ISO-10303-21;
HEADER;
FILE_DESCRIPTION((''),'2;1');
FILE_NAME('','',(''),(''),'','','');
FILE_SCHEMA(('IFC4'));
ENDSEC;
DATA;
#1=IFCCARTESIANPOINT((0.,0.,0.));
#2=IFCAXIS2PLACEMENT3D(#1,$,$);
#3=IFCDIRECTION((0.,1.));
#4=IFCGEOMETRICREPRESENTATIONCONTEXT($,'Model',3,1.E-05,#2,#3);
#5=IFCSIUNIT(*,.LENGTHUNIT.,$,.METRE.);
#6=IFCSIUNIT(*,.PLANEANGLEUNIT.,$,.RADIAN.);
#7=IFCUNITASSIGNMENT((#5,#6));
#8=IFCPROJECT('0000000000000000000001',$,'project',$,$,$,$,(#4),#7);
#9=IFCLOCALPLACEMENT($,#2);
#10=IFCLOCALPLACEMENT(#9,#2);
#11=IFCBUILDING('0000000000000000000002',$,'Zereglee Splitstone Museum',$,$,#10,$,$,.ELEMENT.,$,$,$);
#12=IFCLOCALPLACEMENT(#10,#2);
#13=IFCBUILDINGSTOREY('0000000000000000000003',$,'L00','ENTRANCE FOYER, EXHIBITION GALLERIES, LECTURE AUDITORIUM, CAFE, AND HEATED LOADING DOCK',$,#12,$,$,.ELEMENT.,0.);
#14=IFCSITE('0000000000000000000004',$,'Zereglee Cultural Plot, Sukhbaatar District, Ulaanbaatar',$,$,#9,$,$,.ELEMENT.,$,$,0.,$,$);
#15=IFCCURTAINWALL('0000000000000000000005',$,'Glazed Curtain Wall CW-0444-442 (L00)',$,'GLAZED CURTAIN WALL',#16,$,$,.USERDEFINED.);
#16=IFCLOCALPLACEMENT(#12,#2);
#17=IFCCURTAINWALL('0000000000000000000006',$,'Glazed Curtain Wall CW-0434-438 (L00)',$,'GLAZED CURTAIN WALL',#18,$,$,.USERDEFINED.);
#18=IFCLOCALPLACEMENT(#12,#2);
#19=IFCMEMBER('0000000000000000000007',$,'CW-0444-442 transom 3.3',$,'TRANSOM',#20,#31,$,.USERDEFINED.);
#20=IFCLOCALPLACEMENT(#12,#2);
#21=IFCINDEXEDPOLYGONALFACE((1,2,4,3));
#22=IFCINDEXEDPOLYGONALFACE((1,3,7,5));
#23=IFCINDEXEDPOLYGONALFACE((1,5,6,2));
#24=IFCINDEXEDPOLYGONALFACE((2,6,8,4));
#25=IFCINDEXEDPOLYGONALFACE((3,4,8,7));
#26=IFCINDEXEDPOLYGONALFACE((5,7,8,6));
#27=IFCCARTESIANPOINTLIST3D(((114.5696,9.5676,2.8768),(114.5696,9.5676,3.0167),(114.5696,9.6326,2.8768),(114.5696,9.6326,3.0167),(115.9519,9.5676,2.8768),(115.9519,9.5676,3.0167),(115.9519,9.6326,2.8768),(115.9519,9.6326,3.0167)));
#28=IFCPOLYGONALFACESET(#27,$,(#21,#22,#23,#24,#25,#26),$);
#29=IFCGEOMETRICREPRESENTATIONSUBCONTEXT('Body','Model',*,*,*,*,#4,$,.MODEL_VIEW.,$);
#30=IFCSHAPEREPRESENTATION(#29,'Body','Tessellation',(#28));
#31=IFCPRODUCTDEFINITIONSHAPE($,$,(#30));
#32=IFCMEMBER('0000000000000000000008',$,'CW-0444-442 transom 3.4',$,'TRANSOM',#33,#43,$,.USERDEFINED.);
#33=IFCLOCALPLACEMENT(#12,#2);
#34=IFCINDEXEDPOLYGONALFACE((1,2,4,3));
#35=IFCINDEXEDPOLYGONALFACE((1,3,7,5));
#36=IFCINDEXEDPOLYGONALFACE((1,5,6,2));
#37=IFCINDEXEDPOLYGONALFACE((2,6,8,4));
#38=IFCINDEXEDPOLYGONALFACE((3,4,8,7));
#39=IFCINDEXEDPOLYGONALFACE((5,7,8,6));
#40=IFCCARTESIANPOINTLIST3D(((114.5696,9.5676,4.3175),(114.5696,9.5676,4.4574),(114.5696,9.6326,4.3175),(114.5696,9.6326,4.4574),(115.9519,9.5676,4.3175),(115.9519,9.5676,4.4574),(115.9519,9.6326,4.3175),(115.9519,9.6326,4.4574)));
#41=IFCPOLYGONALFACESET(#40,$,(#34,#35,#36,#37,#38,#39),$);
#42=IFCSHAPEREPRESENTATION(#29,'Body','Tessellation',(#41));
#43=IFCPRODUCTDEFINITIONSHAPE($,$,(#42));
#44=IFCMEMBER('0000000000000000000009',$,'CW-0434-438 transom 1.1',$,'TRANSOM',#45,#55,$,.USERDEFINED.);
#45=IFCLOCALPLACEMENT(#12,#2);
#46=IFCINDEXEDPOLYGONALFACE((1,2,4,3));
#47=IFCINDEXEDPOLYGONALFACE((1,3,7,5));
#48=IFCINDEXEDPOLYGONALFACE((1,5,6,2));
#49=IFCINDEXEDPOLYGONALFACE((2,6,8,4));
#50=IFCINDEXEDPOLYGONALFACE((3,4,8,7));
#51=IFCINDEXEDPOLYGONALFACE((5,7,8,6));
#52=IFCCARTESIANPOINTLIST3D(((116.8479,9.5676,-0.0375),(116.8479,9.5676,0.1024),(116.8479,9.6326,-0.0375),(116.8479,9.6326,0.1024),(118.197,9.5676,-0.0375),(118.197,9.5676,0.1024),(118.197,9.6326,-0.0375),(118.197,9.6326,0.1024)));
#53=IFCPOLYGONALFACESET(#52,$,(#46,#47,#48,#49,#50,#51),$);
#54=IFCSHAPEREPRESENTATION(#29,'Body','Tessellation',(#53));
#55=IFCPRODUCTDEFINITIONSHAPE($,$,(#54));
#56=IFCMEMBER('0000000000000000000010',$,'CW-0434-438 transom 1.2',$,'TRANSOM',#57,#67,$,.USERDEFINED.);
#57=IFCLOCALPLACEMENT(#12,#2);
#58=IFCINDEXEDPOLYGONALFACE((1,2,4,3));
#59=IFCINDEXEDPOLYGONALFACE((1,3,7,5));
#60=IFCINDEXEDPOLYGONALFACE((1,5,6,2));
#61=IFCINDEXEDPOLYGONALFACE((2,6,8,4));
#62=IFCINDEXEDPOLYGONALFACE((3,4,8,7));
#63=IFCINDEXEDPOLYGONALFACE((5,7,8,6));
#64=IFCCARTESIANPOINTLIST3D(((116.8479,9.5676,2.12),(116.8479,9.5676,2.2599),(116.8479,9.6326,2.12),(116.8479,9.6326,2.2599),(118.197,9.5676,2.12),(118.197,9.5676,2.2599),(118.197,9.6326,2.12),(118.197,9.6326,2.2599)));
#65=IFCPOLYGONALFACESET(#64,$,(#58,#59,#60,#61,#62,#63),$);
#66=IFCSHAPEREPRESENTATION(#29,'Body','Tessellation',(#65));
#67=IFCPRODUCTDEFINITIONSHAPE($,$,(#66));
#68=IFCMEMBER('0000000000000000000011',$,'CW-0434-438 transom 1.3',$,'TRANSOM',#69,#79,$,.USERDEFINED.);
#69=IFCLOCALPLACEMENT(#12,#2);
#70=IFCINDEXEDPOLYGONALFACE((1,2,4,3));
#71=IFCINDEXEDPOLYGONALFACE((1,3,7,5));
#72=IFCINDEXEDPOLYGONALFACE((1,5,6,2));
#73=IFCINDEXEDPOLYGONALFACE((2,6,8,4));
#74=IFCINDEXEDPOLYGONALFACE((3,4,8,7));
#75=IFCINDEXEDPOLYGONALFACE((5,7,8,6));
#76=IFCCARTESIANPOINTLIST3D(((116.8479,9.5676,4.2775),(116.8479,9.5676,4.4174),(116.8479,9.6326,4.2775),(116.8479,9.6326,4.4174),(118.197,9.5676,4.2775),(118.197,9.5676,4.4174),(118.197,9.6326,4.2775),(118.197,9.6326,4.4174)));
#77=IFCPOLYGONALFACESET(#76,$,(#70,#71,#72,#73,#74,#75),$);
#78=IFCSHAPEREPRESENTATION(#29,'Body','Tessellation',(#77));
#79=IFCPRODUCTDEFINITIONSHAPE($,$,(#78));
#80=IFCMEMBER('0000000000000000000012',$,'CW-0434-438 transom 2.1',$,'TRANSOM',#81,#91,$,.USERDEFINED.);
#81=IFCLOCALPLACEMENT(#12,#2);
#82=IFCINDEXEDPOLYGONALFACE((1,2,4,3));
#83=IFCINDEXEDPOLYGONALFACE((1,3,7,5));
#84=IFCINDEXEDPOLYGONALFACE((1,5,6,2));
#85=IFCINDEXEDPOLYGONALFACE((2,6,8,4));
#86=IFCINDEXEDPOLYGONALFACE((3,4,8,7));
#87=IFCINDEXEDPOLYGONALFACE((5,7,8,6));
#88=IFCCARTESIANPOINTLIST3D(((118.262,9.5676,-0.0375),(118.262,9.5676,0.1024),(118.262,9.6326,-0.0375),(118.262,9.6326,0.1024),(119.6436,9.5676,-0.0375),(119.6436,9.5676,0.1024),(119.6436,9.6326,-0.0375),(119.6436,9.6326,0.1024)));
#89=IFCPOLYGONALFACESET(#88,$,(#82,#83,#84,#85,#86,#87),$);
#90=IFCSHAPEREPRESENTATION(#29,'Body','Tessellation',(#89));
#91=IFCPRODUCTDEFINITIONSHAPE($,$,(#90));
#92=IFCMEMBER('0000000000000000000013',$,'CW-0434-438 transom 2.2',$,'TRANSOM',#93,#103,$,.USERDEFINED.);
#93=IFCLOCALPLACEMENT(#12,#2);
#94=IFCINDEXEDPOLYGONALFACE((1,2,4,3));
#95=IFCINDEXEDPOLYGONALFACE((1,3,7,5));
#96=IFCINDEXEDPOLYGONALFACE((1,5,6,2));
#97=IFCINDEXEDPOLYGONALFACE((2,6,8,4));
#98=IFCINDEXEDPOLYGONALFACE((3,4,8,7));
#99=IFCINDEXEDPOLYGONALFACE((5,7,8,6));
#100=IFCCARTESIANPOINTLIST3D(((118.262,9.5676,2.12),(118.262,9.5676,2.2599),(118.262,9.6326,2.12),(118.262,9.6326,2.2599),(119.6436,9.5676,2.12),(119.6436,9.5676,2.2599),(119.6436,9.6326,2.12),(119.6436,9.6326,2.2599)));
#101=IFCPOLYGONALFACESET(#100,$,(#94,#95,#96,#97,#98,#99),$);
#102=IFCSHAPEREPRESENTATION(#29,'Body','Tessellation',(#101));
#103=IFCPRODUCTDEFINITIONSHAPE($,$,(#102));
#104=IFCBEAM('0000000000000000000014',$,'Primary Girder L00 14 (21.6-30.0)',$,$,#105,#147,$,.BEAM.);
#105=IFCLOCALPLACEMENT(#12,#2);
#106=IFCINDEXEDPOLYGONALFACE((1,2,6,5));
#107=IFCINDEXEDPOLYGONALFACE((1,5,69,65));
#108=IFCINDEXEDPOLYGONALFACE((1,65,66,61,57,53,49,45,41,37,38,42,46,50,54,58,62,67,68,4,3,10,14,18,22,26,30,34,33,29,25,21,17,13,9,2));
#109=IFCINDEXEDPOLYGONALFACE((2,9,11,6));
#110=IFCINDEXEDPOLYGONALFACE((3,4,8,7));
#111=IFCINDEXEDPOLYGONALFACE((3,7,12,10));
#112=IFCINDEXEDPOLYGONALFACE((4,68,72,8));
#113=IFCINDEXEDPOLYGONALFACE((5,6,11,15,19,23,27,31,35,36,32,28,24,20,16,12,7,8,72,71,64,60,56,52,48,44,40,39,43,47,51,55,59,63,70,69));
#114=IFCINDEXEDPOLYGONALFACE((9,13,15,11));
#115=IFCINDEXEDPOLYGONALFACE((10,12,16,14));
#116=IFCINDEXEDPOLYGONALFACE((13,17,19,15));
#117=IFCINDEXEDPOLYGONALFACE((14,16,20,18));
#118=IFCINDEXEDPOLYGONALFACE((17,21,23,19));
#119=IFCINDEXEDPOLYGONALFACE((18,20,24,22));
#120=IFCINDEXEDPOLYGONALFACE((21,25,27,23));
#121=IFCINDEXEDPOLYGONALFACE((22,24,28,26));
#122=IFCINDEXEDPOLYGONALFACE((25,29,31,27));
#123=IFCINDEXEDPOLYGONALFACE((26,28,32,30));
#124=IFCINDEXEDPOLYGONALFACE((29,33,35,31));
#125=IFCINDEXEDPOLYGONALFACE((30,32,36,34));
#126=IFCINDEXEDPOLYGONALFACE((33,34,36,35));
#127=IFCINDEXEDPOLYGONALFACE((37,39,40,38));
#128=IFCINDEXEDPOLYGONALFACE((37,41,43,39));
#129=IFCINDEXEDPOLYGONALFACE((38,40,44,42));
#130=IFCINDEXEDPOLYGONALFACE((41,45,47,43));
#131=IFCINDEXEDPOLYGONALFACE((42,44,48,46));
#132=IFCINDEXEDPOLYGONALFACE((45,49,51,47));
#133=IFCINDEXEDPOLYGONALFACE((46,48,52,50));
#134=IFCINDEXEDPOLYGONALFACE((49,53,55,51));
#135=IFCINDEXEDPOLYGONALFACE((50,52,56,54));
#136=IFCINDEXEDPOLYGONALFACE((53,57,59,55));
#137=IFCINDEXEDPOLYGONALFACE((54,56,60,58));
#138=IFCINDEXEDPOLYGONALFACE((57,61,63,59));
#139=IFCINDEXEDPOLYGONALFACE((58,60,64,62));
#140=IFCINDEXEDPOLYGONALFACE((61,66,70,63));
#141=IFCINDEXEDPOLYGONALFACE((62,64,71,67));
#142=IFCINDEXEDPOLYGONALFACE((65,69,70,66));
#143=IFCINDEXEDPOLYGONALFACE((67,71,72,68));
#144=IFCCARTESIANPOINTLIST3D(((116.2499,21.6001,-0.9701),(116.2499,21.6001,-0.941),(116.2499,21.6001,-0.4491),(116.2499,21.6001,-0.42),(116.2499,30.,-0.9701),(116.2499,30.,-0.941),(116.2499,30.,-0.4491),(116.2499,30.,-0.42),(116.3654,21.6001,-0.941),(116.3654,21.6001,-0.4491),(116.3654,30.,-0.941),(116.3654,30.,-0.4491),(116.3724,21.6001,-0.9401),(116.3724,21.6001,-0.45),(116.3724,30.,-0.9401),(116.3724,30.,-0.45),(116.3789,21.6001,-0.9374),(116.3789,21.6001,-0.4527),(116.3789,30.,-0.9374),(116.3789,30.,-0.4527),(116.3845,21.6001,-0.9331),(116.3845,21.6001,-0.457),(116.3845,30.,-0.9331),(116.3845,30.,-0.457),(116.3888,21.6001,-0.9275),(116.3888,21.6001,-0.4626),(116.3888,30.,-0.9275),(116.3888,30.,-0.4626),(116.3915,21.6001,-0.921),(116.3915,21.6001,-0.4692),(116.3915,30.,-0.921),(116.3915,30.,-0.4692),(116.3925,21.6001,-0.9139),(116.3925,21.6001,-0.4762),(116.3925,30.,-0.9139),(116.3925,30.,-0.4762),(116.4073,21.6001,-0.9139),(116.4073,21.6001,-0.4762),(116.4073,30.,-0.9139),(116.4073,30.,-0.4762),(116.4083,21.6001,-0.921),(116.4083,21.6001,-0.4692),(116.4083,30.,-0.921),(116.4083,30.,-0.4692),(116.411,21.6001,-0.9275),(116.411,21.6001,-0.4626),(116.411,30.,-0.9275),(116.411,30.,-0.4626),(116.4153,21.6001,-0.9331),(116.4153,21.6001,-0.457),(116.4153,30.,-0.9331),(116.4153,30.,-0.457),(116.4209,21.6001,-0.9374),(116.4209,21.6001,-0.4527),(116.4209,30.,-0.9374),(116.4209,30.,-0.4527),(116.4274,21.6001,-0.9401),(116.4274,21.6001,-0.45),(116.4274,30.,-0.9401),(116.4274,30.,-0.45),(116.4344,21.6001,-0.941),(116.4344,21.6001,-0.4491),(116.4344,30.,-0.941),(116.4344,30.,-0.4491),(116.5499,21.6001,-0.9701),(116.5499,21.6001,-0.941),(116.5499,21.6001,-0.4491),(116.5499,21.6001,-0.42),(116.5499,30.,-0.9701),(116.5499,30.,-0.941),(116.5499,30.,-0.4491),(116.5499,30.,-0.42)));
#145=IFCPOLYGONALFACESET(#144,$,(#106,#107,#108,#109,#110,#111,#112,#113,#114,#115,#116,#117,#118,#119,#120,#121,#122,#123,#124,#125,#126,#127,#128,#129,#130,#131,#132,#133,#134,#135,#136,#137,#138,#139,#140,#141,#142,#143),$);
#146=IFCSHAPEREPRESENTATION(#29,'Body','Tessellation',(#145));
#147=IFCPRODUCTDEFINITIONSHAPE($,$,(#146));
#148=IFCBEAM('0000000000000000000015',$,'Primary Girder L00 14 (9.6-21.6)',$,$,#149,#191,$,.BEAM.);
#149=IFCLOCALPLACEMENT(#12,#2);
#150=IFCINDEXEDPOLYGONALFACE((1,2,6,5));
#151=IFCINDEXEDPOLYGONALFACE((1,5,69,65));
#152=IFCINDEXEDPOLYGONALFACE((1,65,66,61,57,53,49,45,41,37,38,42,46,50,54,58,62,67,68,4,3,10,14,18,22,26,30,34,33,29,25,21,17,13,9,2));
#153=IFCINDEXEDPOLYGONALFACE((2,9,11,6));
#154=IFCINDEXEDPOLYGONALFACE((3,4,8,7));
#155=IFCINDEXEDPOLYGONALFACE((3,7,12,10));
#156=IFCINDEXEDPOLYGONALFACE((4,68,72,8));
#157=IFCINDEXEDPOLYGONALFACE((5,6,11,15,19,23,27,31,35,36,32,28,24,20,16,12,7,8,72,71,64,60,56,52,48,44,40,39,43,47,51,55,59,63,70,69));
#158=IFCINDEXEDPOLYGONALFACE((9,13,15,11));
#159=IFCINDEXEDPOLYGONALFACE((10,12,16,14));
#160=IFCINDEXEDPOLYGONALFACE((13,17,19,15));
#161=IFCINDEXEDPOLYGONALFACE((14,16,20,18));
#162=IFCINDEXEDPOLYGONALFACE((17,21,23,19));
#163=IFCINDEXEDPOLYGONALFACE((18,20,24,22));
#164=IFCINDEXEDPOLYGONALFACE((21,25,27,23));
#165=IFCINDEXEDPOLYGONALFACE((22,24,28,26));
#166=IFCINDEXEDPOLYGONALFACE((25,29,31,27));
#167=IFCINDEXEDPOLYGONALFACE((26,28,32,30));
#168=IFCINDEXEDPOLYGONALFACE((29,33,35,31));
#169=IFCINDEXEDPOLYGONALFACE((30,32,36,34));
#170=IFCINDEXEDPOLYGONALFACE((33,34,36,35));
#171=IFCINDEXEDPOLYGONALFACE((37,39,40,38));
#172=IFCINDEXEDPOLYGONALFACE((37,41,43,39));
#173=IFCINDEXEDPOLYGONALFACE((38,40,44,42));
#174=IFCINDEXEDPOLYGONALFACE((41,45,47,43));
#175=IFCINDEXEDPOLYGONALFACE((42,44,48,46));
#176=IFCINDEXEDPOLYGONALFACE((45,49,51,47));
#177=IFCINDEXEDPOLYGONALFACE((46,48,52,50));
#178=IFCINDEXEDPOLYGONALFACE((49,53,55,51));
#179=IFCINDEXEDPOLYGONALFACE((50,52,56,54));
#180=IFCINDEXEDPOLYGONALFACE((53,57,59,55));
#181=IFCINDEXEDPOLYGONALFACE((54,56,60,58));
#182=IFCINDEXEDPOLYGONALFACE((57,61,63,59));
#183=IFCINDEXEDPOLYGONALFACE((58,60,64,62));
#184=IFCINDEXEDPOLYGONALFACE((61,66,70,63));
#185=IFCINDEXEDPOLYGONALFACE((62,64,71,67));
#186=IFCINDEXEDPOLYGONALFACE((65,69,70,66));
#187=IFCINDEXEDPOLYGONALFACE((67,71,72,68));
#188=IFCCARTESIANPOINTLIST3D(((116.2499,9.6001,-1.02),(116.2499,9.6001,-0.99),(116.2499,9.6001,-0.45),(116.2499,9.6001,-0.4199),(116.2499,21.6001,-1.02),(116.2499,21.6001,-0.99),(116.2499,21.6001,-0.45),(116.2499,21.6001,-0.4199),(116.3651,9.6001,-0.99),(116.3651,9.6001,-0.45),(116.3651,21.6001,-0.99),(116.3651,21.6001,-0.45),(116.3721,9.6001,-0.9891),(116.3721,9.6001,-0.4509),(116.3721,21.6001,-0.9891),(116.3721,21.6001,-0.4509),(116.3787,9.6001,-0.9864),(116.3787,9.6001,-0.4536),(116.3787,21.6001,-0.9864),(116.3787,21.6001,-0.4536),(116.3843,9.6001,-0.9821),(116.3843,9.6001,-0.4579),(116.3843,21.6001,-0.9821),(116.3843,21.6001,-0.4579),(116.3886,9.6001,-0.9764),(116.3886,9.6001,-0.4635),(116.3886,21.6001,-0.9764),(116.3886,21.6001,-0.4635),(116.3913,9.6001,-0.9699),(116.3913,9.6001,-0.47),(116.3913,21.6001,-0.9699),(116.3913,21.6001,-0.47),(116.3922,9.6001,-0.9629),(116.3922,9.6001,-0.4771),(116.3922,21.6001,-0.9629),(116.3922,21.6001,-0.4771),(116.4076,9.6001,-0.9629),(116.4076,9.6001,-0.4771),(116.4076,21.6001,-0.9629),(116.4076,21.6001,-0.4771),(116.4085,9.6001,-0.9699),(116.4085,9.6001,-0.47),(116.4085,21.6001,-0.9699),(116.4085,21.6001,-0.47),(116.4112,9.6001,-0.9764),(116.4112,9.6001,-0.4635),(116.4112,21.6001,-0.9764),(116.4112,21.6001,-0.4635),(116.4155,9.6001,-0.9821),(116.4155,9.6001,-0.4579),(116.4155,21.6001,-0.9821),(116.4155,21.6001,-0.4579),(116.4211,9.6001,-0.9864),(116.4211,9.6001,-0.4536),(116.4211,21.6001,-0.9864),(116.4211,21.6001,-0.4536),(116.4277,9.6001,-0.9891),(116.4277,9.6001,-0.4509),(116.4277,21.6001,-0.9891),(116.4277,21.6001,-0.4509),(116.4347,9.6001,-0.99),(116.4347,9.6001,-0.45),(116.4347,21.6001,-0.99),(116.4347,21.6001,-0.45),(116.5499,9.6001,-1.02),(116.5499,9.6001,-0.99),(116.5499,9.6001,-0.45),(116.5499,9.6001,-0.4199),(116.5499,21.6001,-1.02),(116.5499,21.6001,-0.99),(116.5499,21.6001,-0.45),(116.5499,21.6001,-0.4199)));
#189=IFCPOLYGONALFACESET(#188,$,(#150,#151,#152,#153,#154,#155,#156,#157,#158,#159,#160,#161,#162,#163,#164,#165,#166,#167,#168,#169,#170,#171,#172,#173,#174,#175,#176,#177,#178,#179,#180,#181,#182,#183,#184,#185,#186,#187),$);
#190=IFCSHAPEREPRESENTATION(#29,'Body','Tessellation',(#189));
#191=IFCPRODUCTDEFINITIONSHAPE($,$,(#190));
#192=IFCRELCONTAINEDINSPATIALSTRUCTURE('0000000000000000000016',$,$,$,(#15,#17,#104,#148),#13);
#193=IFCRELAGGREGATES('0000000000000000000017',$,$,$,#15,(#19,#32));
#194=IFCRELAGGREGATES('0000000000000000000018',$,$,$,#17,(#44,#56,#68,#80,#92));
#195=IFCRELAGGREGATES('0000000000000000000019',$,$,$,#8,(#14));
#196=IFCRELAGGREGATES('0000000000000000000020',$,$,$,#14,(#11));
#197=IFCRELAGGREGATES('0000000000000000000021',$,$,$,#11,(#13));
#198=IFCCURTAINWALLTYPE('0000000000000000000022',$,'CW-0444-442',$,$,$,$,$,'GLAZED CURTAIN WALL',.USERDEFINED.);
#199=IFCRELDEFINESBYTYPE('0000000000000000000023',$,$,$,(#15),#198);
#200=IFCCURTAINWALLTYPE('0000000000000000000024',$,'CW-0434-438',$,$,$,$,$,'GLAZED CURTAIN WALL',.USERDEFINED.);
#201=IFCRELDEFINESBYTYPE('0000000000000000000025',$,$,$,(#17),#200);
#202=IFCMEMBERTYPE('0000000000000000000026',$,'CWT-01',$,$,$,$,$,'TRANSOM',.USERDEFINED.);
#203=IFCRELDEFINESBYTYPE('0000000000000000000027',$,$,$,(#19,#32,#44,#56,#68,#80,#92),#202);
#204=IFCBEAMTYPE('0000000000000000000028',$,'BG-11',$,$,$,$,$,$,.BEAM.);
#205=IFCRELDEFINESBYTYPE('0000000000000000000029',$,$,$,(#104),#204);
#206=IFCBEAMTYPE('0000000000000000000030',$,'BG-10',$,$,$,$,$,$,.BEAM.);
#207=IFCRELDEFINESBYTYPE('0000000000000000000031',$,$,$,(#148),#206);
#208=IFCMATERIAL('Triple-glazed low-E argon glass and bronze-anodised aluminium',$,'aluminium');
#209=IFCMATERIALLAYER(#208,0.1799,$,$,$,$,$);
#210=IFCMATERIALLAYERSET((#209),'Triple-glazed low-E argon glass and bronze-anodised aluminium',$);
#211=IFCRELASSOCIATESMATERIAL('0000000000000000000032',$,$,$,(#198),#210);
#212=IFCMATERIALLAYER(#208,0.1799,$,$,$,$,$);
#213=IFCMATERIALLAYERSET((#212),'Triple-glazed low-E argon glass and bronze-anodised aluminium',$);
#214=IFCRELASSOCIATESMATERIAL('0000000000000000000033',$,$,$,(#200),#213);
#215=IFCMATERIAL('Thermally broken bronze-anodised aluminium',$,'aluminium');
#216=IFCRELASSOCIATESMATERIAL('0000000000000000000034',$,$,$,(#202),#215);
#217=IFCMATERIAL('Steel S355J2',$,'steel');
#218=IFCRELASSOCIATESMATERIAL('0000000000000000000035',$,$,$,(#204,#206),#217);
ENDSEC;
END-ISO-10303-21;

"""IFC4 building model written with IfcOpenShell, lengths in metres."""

from ifc_helpers import new_model, si_unit, direction, frame, origin, origin_2d, place, context, subcontext, project, spatial, rectangle, i_section, extrude, material, layer, layer_set, material_profile, profile_set, type_object, element, aggregate, save


model = new_model("IFC4")

# Units and contexts
model_context = context("Model", 3, precision=1e-05, world=origin(), true_north=direction((0.0, 1.0)))
body_context = subcontext(model_context, "Body", "Model", "MODEL_VIEW")
ifc_project = project(units=[si_unit("LENGTHUNIT", "METRE"), si_unit("PLANEANGLEUNIT", "RADIAN")], contexts=[model_context])

# Site, building, storey
site_placement = place(None, origin())
site = spatial("IfcSite", under=ifc_project, at=site_placement, Name="Zereglee Cultural Plot, Sukhbaatar District, Ulaanbaatar", CompositionType="ELEMENT", RefElevation=0.0)
building_placement = place(site_placement, origin())
building = spatial("IfcBuilding", under=site, at=building_placement, Name="Zereglee Splitstone Museum", CompositionType="ELEMENT")
storey_placement = place(building_placement, origin())
storey = spatial("IfcBuildingStorey", under=building, at=storey_placement, Name="L00", Description="ENTRANCE FOYER, EXHIBITION GALLERIES, LECTURE AUDITORIUM, CAFE, AND HEATED LOADING DOCK", CompositionType="ELEMENT", Elevation=0.0)

# Curtain walls
ifc_material_1 = material(Name="Triple-glazed low-E argon glass and bronze-anodised aluminium", Category="aluminium")
ifc_layer_1 = layer(ifc_material_1, 0.1799)
ifc_layer_set_1 = layer_set([ifc_layer_1], Name="Triple-glazed low-E argon glass and bronze-anodised aluminium")
curtain_wall_type_1 = type_object("IfcCurtainWallType", Name="CW-0444-442", ElementType="GLAZED CURTAIN WALL", PredefinedType="USERDEFINED", material=ifc_layer_set_1)
curtain_wall_1_placement = place(storey_placement, origin())
curtain_wall_1 = element("IfcCurtainWall", 1, at=curtain_wall_1_placement, inside=storey, type_object=curtain_wall_type_1, Name="Glazed Curtain Wall CW-0444-442 (L00)", ObjectType="GLAZED CURTAIN WALL", PredefinedType="USERDEFINED")
ifc_material_2 = material(Name="Thermally broken bronze-anodised aluminium", Category="aluminium")
ifc_layer_2 = layer(ifc_material_1, 0.1799)
ifc_layer_set_2 = layer_set([ifc_layer_2], Name="Triple-glazed low-E argon glass and bronze-anodised aluminium")
curtain_wall_type_2 = type_object("IfcCurtainWallType", Name="CW-0434-438", ElementType="GLAZED CURTAIN WALL", PredefinedType="USERDEFINED", material=ifc_layer_set_2)
curtain_wall_2_placement = place(storey_placement, origin())
curtain_wall_2 = element("IfcCurtainWall", 2, at=curtain_wall_2_placement, inside=storey, type_object=curtain_wall_type_2, Name="Glazed Curtain Wall CW-0434-438 (L00)", ObjectType="GLAZED CURTAIN WALL", PredefinedType="USERDEFINED")

# Members
ifc_material_profile_1 = material_profile(ifc_material_2, rectangle(XDim=0.0649, YDim=0.1399, at=origin_2d()), Name="CW TRAN 65x140")
ifc_profile_set_1 = profile_set([ifc_material_profile_1], Name="Thermally broken bronze-anodised aluminium")
member_type_1 = type_object("IfcMemberType", Name="CWT-01", ElementType="TRANSOM", PredefinedType="USERDEFINED", material=ifc_profile_set_1)
member_1_placement = place(storey_placement, frame((114.5696, 9.6001, 2.9468), z_axis=(1.0, 0.0, 0.0), x_axis=(0.0, 1.0, 0.0)))
member_1 = element("IfcMember", 3, at=member_1_placement, type_object=member_type_1, Name="CW-0444-442 transom 3.3", ObjectType="TRANSOM", PredefinedType="USERDEFINED", context=body_context, shape_type="SweptSolid", body=[
    extrude(rectangle(XDim=0.0649, YDim=0.1399, at=origin_2d()), origin(), (0.0, 0.0, 1.0), 1.3823),
])
member_2_placement = place(storey_placement, frame((114.5696, 9.6001, 4.3875), z_axis=(1.0, 0.0, 0.0), x_axis=(0.0, 1.0, 0.0)))
member_2 = element("IfcMember", 4, at=member_2_placement, type_object=member_type_1, Name="CW-0444-442 transom 3.4", ObjectType="TRANSOM", PredefinedType="USERDEFINED", context=body_context, shape_type="SweptSolid", body=[
    extrude(rectangle(XDim=0.0649, YDim=0.1399, at=origin_2d()), origin(), (0.0, 0.0, 1.0), 1.3823),
])
member_3_placement = place(storey_placement, frame((116.8479, 9.6001, 0.0325), z_axis=(1.0, 0.0, 0.0), x_axis=(0.0, 1.0, 0.0)))
member_3 = element("IfcMember", 5, at=member_3_placement, type_object=member_type_1, Name="CW-0434-438 transom 1.1", ObjectType="TRANSOM", PredefinedType="USERDEFINED", context=body_context, shape_type="SweptSolid", body=[
    extrude(rectangle(XDim=0.0649, YDim=0.1399, at=origin_2d()), origin(), (0.0, 0.0, 1.0), 1.3491),
])
member_4_placement = place(storey_placement, frame((116.8479, 9.6001, 2.1899), z_axis=(1.0, 0.0, 0.0), x_axis=(0.0, 1.0, 0.0)))
member_4 = element("IfcMember", 6, at=member_4_placement, type_object=member_type_1, Name="CW-0434-438 transom 1.2", ObjectType="TRANSOM", PredefinedType="USERDEFINED", context=body_context, shape_type="SweptSolid", body=[
    extrude(rectangle(XDim=0.0649, YDim=0.1399, at=origin_2d()), origin(), (0.0, 0.0, 1.0), 1.3491),
])
member_5_placement = place(storey_placement, frame((116.8479, 9.6001, 4.3474), z_axis=(1.0, 0.0, 0.0), x_axis=(0.0, 1.0, 0.0)))
member_5 = element("IfcMember", 7, at=member_5_placement, type_object=member_type_1, Name="CW-0434-438 transom 1.3", ObjectType="TRANSOM", PredefinedType="USERDEFINED", context=body_context, shape_type="SweptSolid", body=[
    extrude(rectangle(XDim=0.0649, YDim=0.1399, at=origin_2d()), origin(), (0.0, 0.0, 1.0), 1.3491),
])
member_6_placement = place(storey_placement, frame((118.262, 9.6001, 0.0325), z_axis=(1.0, 0.0, 0.0), x_axis=(0.0, 1.0, 0.0)))
member_6 = element("IfcMember", 8, at=member_6_placement, type_object=member_type_1, Name="CW-0434-438 transom 2.1", ObjectType="TRANSOM", PredefinedType="USERDEFINED", context=body_context, shape_type="SweptSolid", body=[
    extrude(rectangle(XDim=0.0649, YDim=0.1399, at=origin_2d()), origin(), (0.0, 0.0, 1.0), 1.3816),
])
member_7_placement = place(storey_placement, frame((118.262, 9.6001, 2.1899), z_axis=(1.0, 0.0, 0.0), x_axis=(0.0, 1.0, 0.0)))
member_7 = element("IfcMember", 9, at=member_7_placement, type_object=member_type_1, Name="CW-0434-438 transom 2.2", ObjectType="TRANSOM", PredefinedType="USERDEFINED", context=body_context, shape_type="SweptSolid", body=[
    extrude(rectangle(XDim=0.0649, YDim=0.1399, at=origin_2d()), origin(), (0.0, 0.0, 1.0), 1.3816),
])

# Beams
ifc_material_3 = material(Name="Steel S355J2", Category="steel")
ifc_material_profile_2 = material_profile(ifc_material_3, i_section(OverallWidth=0.3, OverallDepth=0.55, WebThickness=0.0149, FlangeThickness=0.0291, FilletRadius=0.0271, at=origin_2d()), Name="HE 550 B")
ifc_profile_set_2 = profile_set([ifc_material_profile_2], Name="Steel S355J2")
beam_type_1 = type_object("IfcBeamType", Name="BG-11", PredefinedType="BEAM", material=ifc_profile_set_2)
beam_1_placement = place(storey_placement, frame((116.3999, 21.6001, -0.6951), z_axis=(0.0, 1.0, 0.0), x_axis=(-1.0, 0.0, 0.0)))
element("IfcBeam", 10, at=beam_1_placement, inside=storey, type_object=beam_type_1, Name="Primary Girder L00 14 (21.6-30.0)", PredefinedType="BEAM", context=body_context, shape_type="SweptSolid", body=[
    extrude(i_section(OverallWidth=0.3, OverallDepth=0.55, WebThickness=0.0149, FlangeThickness=0.0291, FilletRadius=0.0271, at=origin_2d()), origin(), (0.0, 0.0, 1.0), 8.3999),
])
ifc_material_profile_3 = material_profile(ifc_material_3, i_section(OverallWidth=0.3, OverallDepth=0.6001, WebThickness=0.0154, FlangeThickness=0.03, FilletRadius=0.0271, at=origin_2d()), Name="HE 600 B")
ifc_profile_set_3 = profile_set([ifc_material_profile_3], Name="Steel S355J2")
beam_type_2 = type_object("IfcBeamType", Name="BG-10", PredefinedType="BEAM", material=ifc_profile_set_3)
beam_2_placement = place(storey_placement, frame((116.3999, 9.6001, -0.72), z_axis=(0.0, 1.0, 0.0), x_axis=(-1.0, 0.0, 0.0)))
element("IfcBeam", 11, at=beam_2_placement, inside=storey, type_object=beam_type_2, Name="Primary Girder L00 14 (9.6-21.6)", PredefinedType="BEAM", context=body_context, shape_type="SweptSolid", body=[
    extrude(i_section(OverallWidth=0.3, OverallDepth=0.6001, WebThickness=0.0154, FlangeThickness=0.03, FilletRadius=0.0271, at=origin_2d()), origin(), (0.0, 0.0, 1.0), 12.0),
])

aggregate(curtain_wall_1, [member_1, member_2])
aggregate(curtain_wall_2, [member_3, member_4, member_5, member_6, member_7])

save(model, "model.ifc")
